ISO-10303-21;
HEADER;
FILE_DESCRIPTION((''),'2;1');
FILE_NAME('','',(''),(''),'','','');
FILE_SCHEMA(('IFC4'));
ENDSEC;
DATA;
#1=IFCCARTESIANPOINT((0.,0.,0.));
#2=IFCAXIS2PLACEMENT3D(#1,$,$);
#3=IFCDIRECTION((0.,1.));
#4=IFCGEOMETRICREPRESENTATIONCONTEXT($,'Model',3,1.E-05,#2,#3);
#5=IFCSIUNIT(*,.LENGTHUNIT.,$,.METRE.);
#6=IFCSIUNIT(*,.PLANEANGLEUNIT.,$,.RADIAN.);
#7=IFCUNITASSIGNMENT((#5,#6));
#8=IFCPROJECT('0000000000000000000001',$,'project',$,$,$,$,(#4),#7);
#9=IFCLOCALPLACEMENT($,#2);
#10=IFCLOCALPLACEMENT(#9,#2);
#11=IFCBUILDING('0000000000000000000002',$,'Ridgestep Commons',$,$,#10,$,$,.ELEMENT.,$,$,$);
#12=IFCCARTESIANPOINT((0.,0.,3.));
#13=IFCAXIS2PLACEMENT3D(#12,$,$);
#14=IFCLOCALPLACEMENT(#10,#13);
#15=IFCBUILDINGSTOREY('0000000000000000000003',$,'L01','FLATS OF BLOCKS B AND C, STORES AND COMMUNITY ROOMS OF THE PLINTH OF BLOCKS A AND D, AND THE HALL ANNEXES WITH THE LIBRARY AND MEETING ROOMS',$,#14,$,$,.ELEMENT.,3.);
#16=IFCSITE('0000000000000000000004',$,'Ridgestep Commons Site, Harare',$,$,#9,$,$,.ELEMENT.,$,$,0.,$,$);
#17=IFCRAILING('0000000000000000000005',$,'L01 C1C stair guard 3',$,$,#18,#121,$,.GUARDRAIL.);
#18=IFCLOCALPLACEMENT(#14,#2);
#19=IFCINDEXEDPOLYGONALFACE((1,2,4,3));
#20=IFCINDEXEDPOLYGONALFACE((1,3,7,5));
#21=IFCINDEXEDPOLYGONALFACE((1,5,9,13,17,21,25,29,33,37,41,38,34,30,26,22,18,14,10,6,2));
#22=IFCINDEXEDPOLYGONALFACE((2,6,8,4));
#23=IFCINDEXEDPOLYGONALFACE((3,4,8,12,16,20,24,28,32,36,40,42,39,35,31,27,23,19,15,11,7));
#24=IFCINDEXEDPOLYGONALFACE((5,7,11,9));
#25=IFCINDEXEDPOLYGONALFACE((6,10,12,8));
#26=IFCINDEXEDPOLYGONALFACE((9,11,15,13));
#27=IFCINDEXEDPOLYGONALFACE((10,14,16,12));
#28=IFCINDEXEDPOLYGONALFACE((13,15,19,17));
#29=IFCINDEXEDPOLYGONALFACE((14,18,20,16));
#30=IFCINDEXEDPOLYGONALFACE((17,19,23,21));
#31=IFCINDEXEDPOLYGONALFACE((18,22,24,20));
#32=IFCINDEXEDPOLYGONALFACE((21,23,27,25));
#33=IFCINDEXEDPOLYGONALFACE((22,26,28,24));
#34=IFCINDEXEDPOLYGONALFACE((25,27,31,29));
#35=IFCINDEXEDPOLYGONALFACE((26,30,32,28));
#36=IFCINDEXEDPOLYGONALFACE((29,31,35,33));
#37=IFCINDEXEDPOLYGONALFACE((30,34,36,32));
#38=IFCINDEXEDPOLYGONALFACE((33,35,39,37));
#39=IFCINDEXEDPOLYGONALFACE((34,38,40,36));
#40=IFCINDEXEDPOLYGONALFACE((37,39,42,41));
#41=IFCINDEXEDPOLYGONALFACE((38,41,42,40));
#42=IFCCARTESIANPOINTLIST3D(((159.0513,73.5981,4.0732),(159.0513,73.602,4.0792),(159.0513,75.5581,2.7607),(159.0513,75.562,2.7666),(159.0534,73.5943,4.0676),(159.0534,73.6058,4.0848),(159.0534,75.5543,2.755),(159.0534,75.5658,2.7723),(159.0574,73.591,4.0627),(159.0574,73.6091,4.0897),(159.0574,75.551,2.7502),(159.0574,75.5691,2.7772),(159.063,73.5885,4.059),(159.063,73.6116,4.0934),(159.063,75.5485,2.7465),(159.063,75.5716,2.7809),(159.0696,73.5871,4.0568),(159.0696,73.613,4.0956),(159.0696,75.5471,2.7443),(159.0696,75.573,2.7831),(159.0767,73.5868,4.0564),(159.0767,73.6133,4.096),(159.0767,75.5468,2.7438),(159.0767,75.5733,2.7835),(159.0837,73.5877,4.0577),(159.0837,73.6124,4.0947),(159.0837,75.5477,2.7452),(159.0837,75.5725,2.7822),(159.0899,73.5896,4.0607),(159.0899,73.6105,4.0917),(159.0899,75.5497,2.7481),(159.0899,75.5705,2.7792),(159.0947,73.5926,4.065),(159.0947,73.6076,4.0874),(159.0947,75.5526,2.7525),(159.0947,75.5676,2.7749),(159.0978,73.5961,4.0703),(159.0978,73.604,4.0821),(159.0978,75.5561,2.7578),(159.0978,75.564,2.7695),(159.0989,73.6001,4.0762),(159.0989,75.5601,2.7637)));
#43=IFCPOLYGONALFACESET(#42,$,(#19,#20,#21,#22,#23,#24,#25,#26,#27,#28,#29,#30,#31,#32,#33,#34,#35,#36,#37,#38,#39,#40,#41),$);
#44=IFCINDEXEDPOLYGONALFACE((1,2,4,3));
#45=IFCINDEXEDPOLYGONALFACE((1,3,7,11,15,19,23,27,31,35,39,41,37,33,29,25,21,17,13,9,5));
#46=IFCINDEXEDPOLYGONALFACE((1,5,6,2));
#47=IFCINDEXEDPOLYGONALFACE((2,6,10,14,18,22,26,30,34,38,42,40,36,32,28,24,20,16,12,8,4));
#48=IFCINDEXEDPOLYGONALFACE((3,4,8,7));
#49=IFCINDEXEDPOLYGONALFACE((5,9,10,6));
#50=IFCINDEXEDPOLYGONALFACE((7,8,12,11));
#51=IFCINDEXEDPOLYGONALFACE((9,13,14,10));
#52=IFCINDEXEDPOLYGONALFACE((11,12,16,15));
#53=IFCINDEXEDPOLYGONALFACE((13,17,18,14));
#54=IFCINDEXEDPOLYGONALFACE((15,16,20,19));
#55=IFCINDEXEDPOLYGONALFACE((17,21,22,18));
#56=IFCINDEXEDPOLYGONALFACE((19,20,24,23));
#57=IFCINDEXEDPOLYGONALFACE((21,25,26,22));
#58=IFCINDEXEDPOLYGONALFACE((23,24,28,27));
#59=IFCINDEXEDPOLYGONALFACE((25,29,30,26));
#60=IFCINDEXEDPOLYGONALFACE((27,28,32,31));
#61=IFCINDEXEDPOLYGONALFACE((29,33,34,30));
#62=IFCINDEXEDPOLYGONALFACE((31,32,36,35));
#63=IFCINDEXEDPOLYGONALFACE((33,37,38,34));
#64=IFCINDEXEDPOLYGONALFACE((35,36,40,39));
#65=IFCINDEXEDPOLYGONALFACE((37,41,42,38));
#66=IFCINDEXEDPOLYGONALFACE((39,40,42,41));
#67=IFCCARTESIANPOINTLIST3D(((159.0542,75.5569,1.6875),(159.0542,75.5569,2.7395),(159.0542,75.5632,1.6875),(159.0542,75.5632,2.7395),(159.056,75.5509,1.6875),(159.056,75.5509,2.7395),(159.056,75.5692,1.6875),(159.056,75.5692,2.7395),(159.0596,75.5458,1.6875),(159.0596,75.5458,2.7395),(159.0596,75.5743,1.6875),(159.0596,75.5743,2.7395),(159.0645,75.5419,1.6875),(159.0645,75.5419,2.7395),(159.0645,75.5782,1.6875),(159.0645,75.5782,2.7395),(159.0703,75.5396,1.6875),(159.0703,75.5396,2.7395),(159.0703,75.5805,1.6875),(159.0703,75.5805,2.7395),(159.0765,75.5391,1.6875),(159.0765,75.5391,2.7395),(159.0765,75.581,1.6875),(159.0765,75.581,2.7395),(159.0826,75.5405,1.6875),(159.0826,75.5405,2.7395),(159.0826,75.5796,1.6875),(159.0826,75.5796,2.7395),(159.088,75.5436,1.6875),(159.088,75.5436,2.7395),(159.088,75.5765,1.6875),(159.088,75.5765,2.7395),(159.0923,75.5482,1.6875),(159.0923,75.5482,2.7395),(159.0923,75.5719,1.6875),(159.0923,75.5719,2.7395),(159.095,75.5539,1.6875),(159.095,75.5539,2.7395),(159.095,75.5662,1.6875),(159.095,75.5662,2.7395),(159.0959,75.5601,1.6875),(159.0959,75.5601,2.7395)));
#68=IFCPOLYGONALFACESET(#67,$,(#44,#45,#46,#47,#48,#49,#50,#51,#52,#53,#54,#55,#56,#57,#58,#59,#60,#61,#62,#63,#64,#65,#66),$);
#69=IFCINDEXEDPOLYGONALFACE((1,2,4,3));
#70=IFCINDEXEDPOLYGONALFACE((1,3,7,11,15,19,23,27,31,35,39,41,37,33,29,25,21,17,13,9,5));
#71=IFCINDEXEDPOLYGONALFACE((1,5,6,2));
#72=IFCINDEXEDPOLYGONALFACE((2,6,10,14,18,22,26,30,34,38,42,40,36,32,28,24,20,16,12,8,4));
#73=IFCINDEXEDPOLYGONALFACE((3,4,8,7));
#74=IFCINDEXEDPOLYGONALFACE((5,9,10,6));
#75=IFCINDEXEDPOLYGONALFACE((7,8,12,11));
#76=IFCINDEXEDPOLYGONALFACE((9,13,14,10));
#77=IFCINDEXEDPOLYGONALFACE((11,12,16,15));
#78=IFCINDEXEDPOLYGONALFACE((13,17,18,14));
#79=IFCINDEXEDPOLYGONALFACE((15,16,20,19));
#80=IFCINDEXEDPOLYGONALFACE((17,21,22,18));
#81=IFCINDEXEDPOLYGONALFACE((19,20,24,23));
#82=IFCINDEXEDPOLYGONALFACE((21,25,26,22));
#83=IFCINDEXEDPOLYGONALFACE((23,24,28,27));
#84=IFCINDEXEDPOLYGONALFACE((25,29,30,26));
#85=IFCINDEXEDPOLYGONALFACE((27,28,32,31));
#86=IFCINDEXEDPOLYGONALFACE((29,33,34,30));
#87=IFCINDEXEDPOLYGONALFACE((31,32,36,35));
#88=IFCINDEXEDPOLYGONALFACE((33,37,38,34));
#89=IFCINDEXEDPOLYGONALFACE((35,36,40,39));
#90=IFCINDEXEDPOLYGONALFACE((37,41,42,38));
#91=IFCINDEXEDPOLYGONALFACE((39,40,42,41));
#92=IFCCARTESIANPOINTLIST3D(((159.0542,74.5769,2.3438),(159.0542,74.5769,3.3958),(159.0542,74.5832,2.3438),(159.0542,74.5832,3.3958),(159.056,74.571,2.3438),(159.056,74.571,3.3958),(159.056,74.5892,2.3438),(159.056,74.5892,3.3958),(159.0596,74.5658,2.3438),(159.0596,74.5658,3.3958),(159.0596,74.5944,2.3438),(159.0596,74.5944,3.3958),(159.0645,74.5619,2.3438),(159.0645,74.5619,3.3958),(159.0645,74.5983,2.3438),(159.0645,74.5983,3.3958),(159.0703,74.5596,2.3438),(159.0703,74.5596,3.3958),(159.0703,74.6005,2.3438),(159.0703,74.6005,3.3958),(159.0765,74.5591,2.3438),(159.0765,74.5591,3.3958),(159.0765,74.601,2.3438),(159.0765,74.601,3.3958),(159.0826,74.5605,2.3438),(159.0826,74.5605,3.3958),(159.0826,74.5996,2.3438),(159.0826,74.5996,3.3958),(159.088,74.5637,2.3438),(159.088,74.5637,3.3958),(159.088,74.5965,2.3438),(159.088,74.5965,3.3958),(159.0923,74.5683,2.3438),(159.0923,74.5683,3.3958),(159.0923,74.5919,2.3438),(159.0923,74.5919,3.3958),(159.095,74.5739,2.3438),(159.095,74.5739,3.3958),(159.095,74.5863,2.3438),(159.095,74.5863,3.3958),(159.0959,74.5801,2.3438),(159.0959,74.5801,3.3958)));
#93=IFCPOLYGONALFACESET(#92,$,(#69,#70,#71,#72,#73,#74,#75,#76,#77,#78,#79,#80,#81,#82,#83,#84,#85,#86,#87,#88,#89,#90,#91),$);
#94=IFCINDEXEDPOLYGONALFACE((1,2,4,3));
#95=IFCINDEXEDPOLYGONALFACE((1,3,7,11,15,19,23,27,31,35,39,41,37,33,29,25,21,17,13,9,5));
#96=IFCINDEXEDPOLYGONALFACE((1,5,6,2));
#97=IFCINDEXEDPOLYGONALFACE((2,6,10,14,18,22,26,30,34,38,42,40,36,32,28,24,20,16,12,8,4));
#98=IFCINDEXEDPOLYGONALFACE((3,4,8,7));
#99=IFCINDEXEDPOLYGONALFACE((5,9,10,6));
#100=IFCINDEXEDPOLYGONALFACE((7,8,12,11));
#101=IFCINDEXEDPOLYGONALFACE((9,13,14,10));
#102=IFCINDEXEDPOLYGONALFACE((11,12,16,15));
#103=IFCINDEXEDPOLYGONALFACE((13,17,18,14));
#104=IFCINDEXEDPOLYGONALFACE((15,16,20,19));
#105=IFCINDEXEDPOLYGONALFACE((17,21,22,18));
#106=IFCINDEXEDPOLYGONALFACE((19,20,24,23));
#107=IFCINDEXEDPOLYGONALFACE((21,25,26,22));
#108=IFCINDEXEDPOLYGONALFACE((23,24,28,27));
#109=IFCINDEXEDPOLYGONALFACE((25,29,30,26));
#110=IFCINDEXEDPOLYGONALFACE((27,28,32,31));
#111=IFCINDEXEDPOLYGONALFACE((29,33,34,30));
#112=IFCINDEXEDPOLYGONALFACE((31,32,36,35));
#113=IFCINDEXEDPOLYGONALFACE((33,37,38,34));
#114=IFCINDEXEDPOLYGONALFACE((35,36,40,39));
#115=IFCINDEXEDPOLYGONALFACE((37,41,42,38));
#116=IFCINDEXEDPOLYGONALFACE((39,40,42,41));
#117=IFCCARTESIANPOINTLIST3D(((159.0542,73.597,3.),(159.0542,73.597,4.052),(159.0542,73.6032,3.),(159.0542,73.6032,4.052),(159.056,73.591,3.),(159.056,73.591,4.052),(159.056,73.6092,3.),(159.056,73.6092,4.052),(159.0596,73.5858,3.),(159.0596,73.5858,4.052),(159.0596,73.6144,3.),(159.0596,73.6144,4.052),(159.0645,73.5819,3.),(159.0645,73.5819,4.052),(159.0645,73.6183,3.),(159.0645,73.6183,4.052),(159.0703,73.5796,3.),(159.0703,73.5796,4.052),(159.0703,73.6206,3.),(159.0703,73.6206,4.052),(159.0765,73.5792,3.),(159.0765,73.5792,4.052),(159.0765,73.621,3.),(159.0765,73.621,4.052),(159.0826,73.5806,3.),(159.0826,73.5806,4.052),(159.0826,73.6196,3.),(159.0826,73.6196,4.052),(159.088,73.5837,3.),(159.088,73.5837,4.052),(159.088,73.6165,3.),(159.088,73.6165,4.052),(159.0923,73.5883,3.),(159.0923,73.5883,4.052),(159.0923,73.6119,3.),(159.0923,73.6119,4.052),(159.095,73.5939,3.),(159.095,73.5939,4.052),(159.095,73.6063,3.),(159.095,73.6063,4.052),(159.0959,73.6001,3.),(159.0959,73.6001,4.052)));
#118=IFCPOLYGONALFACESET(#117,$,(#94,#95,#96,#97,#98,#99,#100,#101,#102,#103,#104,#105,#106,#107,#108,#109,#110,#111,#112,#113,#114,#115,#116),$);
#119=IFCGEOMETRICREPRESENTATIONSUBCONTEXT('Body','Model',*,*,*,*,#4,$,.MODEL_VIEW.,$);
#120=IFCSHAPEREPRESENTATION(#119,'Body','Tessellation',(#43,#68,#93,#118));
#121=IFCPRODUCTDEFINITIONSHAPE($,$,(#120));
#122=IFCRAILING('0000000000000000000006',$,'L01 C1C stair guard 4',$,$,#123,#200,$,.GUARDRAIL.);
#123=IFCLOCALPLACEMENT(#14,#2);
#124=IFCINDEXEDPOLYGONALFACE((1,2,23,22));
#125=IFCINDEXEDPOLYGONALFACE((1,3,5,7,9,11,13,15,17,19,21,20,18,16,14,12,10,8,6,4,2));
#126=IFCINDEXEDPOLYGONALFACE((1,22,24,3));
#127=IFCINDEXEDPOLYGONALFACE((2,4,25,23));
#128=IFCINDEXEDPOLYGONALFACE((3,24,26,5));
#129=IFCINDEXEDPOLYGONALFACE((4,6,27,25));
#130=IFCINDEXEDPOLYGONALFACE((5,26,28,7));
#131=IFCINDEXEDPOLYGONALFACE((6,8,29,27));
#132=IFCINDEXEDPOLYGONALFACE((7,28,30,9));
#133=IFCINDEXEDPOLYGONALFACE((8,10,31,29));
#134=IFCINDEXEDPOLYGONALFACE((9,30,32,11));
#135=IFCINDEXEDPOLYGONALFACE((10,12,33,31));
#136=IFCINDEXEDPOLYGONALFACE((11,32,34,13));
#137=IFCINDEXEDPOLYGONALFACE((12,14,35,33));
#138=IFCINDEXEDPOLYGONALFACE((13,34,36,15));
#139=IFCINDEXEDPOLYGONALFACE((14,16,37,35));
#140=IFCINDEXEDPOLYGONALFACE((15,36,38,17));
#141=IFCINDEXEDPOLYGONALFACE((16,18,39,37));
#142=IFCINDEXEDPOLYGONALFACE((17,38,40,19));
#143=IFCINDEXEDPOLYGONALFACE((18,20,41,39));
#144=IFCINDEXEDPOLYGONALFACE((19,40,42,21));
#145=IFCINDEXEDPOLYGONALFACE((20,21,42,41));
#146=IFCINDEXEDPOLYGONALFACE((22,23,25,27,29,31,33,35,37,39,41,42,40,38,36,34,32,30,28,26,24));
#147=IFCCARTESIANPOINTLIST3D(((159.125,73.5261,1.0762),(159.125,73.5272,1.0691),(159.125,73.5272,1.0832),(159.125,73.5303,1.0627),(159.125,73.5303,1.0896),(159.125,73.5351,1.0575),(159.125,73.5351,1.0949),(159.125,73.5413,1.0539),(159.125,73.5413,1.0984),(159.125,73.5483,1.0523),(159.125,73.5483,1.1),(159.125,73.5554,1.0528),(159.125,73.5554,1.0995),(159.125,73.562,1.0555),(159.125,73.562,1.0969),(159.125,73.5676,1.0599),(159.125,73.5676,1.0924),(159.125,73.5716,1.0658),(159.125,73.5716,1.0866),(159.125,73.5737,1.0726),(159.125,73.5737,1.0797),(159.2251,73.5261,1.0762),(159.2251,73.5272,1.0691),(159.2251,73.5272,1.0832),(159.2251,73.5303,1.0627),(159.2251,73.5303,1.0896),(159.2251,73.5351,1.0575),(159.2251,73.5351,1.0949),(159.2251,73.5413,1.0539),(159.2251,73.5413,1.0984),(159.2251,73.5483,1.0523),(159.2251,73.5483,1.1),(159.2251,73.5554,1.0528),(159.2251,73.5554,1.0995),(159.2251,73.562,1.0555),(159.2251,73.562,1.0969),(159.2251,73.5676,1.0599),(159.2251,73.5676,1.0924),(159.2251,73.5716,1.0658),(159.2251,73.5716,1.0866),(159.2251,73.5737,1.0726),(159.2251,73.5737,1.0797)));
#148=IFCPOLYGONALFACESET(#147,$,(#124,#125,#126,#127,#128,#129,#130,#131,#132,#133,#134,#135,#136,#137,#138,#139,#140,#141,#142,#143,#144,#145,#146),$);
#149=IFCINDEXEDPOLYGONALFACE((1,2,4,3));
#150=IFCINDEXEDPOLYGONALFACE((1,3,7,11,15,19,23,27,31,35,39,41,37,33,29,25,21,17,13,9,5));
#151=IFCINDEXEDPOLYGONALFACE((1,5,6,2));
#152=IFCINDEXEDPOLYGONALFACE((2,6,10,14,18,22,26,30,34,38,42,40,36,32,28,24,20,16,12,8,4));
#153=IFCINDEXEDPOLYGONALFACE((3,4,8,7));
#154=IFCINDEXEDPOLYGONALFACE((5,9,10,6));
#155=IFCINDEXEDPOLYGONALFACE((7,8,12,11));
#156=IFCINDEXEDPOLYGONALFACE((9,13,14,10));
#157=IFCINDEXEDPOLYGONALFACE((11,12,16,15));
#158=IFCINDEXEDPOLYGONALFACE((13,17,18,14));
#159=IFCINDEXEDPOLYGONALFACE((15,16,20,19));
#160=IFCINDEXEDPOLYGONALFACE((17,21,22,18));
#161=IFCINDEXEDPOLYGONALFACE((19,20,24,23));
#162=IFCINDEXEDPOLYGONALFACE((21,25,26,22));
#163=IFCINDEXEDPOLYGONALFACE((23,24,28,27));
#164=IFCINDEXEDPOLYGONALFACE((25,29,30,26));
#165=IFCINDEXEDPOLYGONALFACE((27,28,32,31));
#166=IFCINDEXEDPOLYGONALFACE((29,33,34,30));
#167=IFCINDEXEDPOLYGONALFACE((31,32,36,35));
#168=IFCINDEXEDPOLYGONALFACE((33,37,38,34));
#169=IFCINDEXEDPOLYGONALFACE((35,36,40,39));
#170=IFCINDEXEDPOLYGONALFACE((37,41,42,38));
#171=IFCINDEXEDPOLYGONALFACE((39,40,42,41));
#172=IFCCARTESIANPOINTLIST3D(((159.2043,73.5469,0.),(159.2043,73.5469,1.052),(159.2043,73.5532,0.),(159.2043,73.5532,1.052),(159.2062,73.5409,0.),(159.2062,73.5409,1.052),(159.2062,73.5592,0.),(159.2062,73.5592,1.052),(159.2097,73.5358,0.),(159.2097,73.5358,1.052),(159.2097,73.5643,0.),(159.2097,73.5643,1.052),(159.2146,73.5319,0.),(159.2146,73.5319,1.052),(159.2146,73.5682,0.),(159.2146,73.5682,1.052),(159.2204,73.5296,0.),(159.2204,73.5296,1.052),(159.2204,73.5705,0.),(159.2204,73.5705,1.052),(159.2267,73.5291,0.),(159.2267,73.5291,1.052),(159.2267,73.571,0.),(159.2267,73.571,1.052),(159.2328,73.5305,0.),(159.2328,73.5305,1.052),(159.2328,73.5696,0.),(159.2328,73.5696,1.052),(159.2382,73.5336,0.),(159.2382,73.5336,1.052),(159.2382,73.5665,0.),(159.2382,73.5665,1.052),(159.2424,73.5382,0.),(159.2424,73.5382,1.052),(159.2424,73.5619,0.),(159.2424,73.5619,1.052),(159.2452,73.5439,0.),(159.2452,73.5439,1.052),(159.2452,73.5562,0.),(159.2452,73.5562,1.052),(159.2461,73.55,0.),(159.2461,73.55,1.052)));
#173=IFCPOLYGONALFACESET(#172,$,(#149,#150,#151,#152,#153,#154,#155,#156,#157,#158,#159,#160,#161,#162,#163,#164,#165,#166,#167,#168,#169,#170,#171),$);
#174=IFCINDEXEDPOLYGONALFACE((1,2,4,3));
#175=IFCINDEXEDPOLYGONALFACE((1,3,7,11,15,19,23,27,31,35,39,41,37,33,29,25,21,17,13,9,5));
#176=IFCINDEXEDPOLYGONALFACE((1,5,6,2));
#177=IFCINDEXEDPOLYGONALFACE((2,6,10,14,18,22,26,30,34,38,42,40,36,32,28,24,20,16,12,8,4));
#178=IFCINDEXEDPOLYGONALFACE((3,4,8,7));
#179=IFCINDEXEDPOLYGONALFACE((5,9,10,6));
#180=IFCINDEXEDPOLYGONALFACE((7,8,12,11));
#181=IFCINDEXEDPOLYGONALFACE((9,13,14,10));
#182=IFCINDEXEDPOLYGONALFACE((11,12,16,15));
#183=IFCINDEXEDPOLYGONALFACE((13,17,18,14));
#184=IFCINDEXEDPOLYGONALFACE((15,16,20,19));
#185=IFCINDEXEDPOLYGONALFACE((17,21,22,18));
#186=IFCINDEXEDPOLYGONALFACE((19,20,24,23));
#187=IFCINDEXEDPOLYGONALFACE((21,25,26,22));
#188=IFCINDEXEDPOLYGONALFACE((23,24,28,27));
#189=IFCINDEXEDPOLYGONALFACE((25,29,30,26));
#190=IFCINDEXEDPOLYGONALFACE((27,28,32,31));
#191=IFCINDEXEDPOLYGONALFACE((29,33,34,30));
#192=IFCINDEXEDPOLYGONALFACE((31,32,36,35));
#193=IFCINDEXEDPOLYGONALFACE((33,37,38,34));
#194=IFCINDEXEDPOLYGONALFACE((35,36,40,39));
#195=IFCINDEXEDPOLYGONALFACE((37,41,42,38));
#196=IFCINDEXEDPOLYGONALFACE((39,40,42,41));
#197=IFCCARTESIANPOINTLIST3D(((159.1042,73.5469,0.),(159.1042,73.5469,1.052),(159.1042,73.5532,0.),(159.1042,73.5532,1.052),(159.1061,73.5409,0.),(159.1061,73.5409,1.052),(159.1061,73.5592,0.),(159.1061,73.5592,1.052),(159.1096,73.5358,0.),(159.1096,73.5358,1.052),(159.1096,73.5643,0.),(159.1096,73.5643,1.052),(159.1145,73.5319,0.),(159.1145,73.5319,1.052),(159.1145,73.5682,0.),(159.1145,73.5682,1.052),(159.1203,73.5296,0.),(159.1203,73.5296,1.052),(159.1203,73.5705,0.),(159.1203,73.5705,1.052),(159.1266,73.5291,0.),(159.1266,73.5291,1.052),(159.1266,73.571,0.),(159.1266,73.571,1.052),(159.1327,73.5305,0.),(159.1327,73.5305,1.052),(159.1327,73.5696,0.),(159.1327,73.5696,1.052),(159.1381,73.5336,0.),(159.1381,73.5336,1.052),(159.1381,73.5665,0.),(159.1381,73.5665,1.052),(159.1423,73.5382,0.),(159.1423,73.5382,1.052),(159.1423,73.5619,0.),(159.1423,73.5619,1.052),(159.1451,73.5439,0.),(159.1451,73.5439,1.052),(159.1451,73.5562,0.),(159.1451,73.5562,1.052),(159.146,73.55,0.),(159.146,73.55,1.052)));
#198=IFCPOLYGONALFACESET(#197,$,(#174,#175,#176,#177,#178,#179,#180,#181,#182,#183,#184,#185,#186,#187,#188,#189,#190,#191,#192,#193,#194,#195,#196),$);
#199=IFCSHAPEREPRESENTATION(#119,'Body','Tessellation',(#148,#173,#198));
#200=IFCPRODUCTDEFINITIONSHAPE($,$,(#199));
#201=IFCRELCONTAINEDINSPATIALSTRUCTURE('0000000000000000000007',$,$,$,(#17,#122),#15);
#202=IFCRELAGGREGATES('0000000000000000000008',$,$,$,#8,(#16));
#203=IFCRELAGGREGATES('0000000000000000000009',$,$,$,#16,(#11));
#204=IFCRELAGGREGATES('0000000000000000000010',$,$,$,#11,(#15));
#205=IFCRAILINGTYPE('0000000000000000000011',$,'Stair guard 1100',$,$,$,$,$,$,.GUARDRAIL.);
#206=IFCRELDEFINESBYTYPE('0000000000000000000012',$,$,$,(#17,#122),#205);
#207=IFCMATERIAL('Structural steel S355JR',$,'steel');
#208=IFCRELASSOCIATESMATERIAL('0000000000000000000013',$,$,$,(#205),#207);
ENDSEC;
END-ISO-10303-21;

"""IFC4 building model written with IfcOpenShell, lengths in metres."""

from ifc_helpers import new_model, si_unit, direction, frame, origin, origin_2d, place, context, subcontext, project, spatial, circle, extrude, material, type_object, element, save


model = new_model("IFC4")

# Units and contexts
model_context = context("Model", 3, precision=1e-05, world=origin(), true_north=direction((0.0, 1.0)))
body_context = subcontext(model_context, "Body", "Model", "MODEL_VIEW")
ifc_project = project(units=[si_unit("LENGTHUNIT", "METRE"), si_unit("PLANEANGLEUNIT", "RADIAN")], contexts=[model_context])

# Site, building, storey
site_placement = place(None, origin())
site = spatial("IfcSite", under=ifc_project, at=site_placement, Name="Ridgestep Commons Site, Harare", CompositionType="ELEMENT", RefElevation=0.0)
building_placement = place(site_placement, origin())
building = spatial("IfcBuilding", under=site, at=building_placement, Name="Ridgestep Commons", CompositionType="ELEMENT")
storey_placement = place(building_placement, frame((0.0, 0.0, 3.0)))
storey = spatial("IfcBuildingStorey", under=building, at=storey_placement, Name="L01", Description="FLATS OF BLOCKS B AND C, STORES AND COMMUNITY ROOMS OF THE PLINTH OF BLOCKS A AND D, AND THE HALL ANNEXES WITH THE LIBRARY AND MEETING ROOMS", CompositionType="ELEMENT", Elevation=3.0)

# Railings
ifc_material_1 = material(Name="Structural steel S355JR", Category="steel")
railing_type_1 = type_object("IfcRailingType", Name="Stair guard 1100", PredefinedType="GUARDRAIL", material=ifc_material_1)
railing_1_placement = place(storey_placement, frame((159.075, 75.5601, 1.6875)))
element("IfcRailing", 1, at=railing_1_placement, inside=storey, type_object=railing_type_1, Name="L01 C1C stair guard 3", PredefinedType="GUARDRAIL", context=body_context, shape_type="SweptSolid", body=[
    extrude(circle(Radius=0.0239, at=origin_2d()), frame((0.0, 0.0, 1.0762), z_axis=(0.0, -0.830902, 0.556419), x_axis=(1.0, 0.0, 0.0)), (0.0, 0.0, 1.0), 2.3589),
    extrude(circle(Radius=0.021, at=origin_2d()), origin(), (0.0, 0.0, 1.0), 1.052),
    extrude(circle(Radius=0.021, at=origin_2d()), frame((0.0, -0.98, 0.6562)), (0.0, 0.0, 1.0), 1.052),
    extrude(circle(Radius=0.021, at=origin_2d()), frame((0.0, -1.96, 1.3125)), (0.0, 0.0, 1.0), 1.052),
])
railing_2_placement = place(storey_placement, frame((159.2251, 73.55, 0.0)))
element("IfcRailing", 2, at=railing_2_placement, inside=storey, type_object=railing_type_1, Name="L01 C1C stair guard 4", PredefinedType="GUARDRAIL", context=body_context, shape_type="SweptSolid", body=[
    extrude(circle(Radius=0.0239, at=origin_2d()), frame((0.0, 0.0, 1.0762), z_axis=(-1.0, 0.0, 0.0), x_axis=(0.0, -1.0, 0.0)), (0.0, 0.0, 1.0), 0.1001),
    extrude(circle(Radius=0.021, at=origin_2d()), origin(), (0.0, 0.0, 1.0), 1.052),
    extrude(circle(Radius=0.021, at=origin_2d()), frame((-0.1001, 0.0, 0.0)), (0.0, 0.0, 1.0), 1.052),
])

save(model, "model.ifc")
